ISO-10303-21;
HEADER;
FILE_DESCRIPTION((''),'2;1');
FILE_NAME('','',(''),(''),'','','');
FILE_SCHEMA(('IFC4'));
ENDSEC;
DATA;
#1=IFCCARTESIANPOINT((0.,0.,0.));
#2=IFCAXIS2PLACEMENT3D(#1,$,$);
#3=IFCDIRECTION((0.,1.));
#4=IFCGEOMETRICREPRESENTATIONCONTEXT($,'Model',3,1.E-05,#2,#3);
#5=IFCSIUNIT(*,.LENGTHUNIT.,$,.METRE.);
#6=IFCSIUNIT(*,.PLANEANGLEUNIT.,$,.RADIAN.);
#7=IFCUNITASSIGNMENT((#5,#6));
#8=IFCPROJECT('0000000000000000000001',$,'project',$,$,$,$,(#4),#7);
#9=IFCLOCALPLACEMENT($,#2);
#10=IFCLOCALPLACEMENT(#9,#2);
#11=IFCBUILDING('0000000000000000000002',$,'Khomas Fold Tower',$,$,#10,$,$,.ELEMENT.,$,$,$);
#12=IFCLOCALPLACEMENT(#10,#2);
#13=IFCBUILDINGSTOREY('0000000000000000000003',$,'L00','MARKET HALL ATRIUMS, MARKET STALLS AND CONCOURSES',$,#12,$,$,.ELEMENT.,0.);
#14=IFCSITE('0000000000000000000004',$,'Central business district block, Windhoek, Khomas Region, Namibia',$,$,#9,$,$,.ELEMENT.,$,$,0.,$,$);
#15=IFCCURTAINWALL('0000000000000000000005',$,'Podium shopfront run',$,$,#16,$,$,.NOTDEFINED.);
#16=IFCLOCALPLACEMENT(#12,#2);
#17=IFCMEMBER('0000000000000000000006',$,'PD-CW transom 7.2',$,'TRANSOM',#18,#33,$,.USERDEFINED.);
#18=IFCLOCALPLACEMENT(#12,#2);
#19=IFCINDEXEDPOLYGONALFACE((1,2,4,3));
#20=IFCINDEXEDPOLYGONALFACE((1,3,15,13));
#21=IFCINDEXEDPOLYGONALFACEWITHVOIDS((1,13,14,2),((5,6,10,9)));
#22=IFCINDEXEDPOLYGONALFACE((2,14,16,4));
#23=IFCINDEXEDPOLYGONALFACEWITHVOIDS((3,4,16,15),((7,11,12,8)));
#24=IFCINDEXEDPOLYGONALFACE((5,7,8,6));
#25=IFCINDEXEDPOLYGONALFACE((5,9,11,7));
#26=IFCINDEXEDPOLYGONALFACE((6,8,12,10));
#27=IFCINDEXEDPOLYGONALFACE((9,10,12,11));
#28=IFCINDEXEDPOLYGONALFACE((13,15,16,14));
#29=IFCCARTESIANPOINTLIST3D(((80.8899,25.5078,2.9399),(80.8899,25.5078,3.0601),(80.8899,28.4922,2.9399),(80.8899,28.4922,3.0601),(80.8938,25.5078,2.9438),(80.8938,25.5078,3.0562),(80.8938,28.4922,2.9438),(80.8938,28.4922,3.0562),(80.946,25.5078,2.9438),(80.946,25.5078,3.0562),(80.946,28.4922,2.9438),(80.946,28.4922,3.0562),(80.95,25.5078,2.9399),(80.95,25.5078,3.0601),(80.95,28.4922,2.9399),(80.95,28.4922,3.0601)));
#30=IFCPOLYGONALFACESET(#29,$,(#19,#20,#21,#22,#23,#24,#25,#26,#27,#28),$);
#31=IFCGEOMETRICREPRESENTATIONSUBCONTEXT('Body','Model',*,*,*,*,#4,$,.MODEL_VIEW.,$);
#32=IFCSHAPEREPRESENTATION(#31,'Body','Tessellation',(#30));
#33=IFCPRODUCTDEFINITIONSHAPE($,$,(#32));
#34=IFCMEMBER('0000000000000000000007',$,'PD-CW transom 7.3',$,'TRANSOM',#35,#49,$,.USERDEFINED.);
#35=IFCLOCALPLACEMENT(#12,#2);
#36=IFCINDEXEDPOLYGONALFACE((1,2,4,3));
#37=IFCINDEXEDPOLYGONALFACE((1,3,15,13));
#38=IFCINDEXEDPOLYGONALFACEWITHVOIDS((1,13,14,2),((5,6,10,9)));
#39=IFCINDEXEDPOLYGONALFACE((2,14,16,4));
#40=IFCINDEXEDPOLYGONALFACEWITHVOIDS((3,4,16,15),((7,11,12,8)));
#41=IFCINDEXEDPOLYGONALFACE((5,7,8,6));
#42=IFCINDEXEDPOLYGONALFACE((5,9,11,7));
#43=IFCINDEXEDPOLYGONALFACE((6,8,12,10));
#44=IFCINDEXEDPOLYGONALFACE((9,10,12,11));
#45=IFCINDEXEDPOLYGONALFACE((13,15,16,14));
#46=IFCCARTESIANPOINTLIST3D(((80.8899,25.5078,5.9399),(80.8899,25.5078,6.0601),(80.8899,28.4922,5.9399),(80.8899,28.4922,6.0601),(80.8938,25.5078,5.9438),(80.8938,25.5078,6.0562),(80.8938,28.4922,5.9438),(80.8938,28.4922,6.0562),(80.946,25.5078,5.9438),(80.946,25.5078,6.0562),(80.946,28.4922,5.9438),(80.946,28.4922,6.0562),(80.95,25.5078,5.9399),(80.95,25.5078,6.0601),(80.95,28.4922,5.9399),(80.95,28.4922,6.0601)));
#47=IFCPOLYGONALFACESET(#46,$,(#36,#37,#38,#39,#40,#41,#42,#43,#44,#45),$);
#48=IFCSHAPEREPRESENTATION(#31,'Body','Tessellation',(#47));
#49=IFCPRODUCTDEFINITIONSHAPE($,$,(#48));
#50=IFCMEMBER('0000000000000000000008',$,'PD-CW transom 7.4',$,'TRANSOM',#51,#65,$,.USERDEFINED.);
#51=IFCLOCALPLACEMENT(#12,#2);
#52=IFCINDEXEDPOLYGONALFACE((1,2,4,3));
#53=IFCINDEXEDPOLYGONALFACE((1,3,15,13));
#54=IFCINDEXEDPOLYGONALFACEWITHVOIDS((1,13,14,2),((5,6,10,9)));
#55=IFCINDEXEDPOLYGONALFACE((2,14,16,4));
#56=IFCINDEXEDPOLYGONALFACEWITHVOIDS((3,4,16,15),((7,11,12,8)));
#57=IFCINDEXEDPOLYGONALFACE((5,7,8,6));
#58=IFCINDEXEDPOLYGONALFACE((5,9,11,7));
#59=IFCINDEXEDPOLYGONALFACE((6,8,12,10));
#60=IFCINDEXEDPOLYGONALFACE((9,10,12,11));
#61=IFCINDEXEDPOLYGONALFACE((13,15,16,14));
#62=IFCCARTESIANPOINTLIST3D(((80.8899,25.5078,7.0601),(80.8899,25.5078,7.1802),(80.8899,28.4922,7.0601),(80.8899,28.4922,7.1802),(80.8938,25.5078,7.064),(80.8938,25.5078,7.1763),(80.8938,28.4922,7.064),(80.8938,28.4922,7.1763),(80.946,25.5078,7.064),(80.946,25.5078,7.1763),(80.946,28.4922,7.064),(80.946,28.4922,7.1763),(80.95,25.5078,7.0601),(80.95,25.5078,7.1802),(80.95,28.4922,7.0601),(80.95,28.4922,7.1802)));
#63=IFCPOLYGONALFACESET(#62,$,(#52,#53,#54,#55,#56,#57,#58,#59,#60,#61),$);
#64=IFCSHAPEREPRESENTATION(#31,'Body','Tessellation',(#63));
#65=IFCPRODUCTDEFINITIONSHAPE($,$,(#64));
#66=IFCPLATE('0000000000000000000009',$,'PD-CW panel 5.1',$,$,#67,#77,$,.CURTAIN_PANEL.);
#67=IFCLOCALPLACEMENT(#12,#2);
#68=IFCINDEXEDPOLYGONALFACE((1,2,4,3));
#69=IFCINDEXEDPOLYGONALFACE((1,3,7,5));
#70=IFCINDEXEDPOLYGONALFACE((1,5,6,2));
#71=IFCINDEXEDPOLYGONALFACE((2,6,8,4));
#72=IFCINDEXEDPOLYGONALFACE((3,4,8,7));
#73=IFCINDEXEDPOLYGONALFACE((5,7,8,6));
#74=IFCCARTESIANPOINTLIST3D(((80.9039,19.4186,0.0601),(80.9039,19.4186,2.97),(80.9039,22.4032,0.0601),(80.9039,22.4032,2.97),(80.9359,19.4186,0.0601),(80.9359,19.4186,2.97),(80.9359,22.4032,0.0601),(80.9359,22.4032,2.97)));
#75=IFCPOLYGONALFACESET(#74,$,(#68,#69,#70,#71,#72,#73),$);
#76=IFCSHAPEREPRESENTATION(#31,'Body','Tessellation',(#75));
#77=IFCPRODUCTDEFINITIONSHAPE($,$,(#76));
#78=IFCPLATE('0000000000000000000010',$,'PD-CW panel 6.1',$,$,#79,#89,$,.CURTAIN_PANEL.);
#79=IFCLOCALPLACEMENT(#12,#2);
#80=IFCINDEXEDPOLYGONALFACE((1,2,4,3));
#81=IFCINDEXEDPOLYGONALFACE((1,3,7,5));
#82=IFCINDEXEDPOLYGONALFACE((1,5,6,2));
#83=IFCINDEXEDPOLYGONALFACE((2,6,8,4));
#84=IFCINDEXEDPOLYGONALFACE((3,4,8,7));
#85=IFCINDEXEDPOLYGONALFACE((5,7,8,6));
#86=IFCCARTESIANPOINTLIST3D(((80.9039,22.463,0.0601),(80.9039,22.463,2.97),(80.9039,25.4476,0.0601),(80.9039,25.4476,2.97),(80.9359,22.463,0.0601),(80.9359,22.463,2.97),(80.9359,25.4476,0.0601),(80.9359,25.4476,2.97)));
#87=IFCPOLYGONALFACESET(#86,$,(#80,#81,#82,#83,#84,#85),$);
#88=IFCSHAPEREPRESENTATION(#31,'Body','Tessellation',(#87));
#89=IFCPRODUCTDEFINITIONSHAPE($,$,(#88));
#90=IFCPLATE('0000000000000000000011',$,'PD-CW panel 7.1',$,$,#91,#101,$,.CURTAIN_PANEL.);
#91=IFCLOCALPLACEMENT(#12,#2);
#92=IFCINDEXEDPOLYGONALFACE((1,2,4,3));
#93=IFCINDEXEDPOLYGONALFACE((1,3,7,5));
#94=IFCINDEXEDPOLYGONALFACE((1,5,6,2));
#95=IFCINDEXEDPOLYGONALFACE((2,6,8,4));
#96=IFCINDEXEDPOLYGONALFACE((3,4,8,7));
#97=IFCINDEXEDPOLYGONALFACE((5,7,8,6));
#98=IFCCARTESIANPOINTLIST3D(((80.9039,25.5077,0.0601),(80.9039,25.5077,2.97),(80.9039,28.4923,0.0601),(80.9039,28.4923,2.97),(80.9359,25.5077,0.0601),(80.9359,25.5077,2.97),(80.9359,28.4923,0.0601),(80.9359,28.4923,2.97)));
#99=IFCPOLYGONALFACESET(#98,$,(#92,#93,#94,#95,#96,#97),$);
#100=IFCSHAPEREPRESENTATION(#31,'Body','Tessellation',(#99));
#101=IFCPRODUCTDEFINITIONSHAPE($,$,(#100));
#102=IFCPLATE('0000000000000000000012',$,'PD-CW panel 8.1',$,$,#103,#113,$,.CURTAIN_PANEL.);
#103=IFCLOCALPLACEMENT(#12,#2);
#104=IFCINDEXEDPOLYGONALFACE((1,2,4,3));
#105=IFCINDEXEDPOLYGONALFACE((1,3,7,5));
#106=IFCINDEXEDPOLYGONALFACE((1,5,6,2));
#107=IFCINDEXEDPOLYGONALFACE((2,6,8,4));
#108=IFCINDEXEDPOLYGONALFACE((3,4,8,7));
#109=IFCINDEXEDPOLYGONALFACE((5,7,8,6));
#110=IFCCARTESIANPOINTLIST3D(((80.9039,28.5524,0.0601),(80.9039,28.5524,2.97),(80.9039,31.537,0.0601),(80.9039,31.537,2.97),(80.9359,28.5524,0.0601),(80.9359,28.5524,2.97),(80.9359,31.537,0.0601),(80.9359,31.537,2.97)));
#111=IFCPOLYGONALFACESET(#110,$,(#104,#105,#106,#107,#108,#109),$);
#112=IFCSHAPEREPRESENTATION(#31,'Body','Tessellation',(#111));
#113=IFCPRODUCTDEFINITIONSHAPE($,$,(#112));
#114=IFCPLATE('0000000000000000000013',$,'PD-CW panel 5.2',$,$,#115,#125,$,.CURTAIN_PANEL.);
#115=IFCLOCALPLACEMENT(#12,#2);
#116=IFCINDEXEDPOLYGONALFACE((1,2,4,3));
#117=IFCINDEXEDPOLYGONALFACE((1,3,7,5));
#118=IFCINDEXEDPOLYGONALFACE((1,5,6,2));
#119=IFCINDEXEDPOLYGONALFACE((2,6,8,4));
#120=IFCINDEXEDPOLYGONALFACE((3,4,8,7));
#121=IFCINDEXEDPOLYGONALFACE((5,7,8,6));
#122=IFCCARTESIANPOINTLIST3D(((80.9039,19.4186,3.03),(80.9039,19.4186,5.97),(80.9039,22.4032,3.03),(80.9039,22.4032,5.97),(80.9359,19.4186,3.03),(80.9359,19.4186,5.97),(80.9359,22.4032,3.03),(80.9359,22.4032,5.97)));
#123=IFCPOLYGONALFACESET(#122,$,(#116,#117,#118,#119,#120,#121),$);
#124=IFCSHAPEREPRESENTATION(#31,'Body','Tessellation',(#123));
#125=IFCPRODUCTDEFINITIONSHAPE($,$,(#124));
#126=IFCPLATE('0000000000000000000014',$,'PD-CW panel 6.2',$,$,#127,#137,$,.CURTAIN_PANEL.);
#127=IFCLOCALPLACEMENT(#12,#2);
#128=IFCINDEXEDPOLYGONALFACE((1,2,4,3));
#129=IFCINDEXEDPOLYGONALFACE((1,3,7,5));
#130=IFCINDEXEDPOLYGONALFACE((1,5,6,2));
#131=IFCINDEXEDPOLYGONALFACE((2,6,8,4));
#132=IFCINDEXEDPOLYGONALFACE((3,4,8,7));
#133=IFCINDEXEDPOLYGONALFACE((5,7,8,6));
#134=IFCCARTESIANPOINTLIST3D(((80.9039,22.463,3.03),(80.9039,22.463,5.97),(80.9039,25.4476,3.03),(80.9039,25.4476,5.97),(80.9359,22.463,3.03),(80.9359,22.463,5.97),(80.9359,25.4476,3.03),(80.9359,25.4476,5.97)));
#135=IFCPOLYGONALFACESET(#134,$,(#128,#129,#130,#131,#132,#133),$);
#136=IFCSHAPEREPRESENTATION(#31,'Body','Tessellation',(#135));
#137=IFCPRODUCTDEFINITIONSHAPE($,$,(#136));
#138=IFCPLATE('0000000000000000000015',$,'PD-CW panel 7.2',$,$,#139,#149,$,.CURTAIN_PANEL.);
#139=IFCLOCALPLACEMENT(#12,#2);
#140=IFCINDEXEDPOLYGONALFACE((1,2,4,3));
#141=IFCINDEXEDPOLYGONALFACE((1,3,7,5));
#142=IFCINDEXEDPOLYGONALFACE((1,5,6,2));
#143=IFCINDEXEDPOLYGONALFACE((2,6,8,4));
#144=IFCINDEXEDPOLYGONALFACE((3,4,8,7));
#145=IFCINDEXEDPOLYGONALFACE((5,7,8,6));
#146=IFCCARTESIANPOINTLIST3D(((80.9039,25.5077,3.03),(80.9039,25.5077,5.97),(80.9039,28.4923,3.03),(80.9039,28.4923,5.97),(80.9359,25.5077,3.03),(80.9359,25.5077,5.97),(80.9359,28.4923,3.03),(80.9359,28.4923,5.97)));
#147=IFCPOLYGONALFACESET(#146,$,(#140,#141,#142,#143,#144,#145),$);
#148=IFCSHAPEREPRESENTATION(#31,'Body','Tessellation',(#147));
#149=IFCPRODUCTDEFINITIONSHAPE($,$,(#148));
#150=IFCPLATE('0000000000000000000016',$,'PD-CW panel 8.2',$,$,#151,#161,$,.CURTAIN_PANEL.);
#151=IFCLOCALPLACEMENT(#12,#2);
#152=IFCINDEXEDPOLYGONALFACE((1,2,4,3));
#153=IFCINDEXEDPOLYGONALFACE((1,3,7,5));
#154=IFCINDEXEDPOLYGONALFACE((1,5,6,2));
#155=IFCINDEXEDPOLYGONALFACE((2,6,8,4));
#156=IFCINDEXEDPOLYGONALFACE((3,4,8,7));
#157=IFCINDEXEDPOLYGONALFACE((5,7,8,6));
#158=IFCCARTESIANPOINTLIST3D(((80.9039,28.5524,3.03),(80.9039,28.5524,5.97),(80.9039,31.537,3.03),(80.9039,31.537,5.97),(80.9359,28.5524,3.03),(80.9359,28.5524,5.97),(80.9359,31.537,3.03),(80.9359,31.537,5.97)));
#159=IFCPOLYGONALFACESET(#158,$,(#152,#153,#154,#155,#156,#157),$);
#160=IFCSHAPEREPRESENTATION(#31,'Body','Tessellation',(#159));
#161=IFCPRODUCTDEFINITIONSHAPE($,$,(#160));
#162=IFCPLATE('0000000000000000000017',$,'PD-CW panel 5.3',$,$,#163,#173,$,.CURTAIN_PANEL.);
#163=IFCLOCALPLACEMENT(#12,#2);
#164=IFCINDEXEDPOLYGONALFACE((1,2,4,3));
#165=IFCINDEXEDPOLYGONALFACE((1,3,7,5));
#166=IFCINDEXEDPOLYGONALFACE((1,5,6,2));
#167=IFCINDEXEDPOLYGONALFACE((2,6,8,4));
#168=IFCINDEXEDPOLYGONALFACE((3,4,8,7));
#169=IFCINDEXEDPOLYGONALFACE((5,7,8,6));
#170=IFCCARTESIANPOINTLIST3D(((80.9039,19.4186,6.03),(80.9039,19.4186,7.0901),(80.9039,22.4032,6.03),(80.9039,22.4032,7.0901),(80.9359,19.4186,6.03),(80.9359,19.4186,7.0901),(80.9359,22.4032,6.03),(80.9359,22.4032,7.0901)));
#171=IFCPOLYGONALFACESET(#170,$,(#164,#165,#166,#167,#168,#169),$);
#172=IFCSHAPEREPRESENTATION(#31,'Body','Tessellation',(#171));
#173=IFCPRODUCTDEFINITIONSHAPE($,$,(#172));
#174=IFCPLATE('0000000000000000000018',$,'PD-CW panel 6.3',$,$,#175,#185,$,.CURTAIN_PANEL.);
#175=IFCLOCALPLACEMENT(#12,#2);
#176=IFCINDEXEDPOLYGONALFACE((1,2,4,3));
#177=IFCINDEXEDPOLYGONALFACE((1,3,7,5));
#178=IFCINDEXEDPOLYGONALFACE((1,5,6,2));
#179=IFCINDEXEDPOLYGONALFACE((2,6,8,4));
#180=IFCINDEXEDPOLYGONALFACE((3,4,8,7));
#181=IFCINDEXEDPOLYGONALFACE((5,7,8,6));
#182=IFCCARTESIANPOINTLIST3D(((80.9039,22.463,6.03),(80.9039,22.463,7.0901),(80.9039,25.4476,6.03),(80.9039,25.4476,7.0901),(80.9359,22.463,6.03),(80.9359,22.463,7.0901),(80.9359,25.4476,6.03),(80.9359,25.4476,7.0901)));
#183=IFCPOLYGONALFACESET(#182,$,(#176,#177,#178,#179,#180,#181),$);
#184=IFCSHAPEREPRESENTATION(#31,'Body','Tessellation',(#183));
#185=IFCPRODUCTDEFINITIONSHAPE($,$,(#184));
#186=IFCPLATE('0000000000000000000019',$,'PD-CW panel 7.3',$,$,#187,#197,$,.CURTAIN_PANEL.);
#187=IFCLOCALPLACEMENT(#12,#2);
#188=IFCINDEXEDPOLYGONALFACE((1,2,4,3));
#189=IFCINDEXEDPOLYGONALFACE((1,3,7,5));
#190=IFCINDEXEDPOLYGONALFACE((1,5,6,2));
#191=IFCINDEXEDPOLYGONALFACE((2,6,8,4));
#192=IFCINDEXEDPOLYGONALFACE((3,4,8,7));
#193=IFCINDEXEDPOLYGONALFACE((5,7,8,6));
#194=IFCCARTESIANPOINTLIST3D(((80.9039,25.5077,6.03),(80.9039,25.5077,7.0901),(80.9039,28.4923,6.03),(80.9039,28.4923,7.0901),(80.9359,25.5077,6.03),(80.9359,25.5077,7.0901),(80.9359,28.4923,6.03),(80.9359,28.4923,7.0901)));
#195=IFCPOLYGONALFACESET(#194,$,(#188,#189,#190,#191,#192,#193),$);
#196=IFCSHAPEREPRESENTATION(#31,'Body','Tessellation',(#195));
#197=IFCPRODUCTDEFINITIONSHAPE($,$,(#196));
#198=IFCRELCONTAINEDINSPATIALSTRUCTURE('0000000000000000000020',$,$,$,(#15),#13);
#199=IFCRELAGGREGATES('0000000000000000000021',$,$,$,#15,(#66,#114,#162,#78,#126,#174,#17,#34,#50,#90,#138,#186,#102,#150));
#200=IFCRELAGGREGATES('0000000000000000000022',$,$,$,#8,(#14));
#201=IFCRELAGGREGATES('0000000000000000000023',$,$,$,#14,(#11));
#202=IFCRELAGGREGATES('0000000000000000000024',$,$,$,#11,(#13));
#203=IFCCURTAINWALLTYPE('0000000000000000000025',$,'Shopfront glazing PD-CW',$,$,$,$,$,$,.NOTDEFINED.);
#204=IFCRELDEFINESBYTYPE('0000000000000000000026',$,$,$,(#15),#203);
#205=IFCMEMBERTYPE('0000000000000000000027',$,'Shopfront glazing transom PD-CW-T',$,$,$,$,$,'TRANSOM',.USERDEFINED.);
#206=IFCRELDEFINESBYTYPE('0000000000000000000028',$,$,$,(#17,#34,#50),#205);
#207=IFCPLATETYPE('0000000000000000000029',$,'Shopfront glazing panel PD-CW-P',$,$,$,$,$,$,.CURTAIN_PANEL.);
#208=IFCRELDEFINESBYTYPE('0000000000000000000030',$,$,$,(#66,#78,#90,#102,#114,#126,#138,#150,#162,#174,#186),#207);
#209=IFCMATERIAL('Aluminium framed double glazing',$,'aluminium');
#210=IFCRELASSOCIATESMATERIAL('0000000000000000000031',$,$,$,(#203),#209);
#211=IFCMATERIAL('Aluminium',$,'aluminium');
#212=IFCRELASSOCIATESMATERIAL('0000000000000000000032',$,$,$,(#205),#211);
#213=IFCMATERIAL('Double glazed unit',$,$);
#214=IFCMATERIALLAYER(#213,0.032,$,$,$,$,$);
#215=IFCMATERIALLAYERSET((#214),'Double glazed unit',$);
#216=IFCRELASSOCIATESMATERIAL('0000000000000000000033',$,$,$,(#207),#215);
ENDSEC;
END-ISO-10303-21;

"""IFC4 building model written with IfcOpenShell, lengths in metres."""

from ifc_helpers import new_model, si_unit, direction, frame, origin, origin_2d, place, context, subcontext, project, spatial, rectangle, hollow_rectangle, extrude, source, transform, mapped, material, layer, layer_set, material_profile, profile_set, type_object, element, aggregate, save


model = new_model("IFC4")

# Units and contexts
model_context = context("Model", 3, precision=1e-05, world=origin(), true_north=direction((0.0, 1.0)))
body_context = subcontext(model_context, "Body", "Model", "MODEL_VIEW")
ifc_project = project(units=[si_unit("LENGTHUNIT", "METRE"), si_unit("PLANEANGLEUNIT", "RADIAN")], contexts=[model_context])

# Site, building, storey
site_placement = place(None, origin())
site = spatial("IfcSite", under=ifc_project, at=site_placement, Name="Central business district block, Windhoek, Khomas Region, Namibia", CompositionType="ELEMENT", RefElevation=0.0)
building_placement = place(site_placement, origin())
building = spatial("IfcBuilding", under=site, at=building_placement, Name="Khomas Fold Tower", CompositionType="ELEMENT")
storey_placement = place(building_placement, origin())
storey = spatial("IfcBuildingStorey", under=building, at=storey_placement, Name="L00", Description="MARKET HALL ATRIUMS, MARKET STALLS AND CONCOURSES", CompositionType="ELEMENT", Elevation=0.0)

# Curtain wall, members, plates
ifc_material_1 = material(Name="Aluminium framed double glazing", Category="aluminium")
curtain_wall_type = type_object("IfcCurtainWallType", Name="Shopfront glazing PD-CW", PredefinedType="NOTDEFINED", material=ifc_material_1)
curtain_wall_placement = place(storey_placement, origin())
curtain_wall = element("IfcCurtainWall", 1, at=curtain_wall_placement, inside=storey, type_object=curtain_wall_type, Name="Podium shopfront run", PredefinedType="NOTDEFINED")
ifc_material_2 = material(Name="Aluminium", Category="aluminium")
ifc_material_profile_1 = material_profile(ifc_material_2, hollow_rectangle(XDim=0.0601, YDim=0.1201, WallThickness=0.0039, at=origin_2d()), Name="Shopfront glazing transom PD-CW-T")
ifc_profile_set_1 = profile_set([ifc_material_profile_1], Name="Aluminium")
member_type_1 = type_object("IfcMemberType", Name="Shopfront glazing transom PD-CW-T", ElementType="TRANSOM", PredefinedType="USERDEFINED", material=ifc_profile_set_1)
shared_shape_1 = source(origin(), body_context, "Body", "SweptSolid", [
    extrude(hollow_rectangle(XDim=0.0601, YDim=0.1201, WallThickness=0.0039, at=origin_2d()), origin(), (0.0, 0.0, 1.0), 2.9844),
])
member_1_placement = place(storey_placement, frame((80.9199, 25.5078, 3.0), z_axis=(0.0, 1.0, 0.0), x_axis=(-1.0, 0.0, 0.0)))
member_1 = element("IfcMember", 2, at=member_1_placement, type_object=member_type_1, Name="PD-CW transom 7.2", ObjectType="TRANSOM", PredefinedType="USERDEFINED", context=body_context, shape_type="MappedRepresentation", body=[
    mapped(shared_shape_1, transform((0.0, 0.0, 0.0))),
])
member_2_placement = place(storey_placement, frame((80.9199, 25.5078, 6.0), z_axis=(0.0, 1.0, 0.0), x_axis=(-1.0, 0.0, 0.0)))
member_2 = element("IfcMember", 3, at=member_2_placement, type_object=member_type_1, Name="PD-CW transom 7.3", ObjectType="TRANSOM", PredefinedType="USERDEFINED", context=body_context, shape_type="MappedRepresentation", body=[
    mapped(shared_shape_1, transform((0.0, 0.0, 0.0))),
])
member_3_placement = place(storey_placement, frame((80.9199, 25.5078, 7.1201), z_axis=(0.0, 1.0, 0.0), x_axis=(-1.0, 0.0, 0.0)))
member_3 = element("IfcMember", 4, at=member_3_placement, type_object=member_type_1, Name="PD-CW transom 7.4", ObjectType="TRANSOM", PredefinedType="USERDEFINED", context=body_context, shape_type="MappedRepresentation", body=[
    mapped(shared_shape_1, transform((0.0, 0.0, 0.0))),
])
ifc_material_3 = material(Name="Double glazed unit")
ifc_layer = layer(ifc_material_3, 0.032)
ifc_layer_set = layer_set([ifc_layer], Name="Double glazed unit")
plate_type = type_object("IfcPlateType", Name="Shopfront glazing panel PD-CW-P", PredefinedType="CURTAIN_PANEL", material=ifc_layer_set)
shared_shape_2 = source(origin(), body_context, "Body", "SweptSolid", [
    extrude(rectangle(XDim=2.9846, YDim=0.032, at=origin_2d()), origin(), (0.0, 0.0, 1.0), 2.9099),
])
plate_1_placement = place(storey_placement, frame((80.9199, 20.9109, 0.0601), z_axis=(0.0, 0.0, 1.0), x_axis=(0.0, 1.0, 0.0)))
plate_1 = element("IfcPlate", 5, at=plate_1_placement, type_object=plate_type, Name="PD-CW panel 5.1", PredefinedType="CURTAIN_PANEL", context=body_context, shape_type="MappedRepresentation", body=[
    mapped(shared_shape_2, transform((0.0, 0.0, 0.0))),
])
plate_2_placement = place(storey_placement, frame((80.9199, 23.9553, 0.0601), z_axis=(0.0, 0.0, 1.0), x_axis=(0.0, 1.0, 0.0)))
plate_2 = element("IfcPlate", 6, at=plate_2_placement, type_object=plate_type, Name="PD-CW panel 6.1", PredefinedType="CURTAIN_PANEL", context=body_context, shape_type="MappedRepresentation", body=[
    mapped(shared_shape_2, transform((0.0, 0.0, 0.0))),
])
plate_3_placement = place(storey_placement, frame((80.9199, 27.0, 0.0601), z_axis=(0.0, 0.0, 1.0), x_axis=(0.0, 1.0, 0.0)))
plate_3 = element("IfcPlate", 7, at=plate_3_placement, type_object=plate_type, Name="PD-CW panel 7.1", PredefinedType="CURTAIN_PANEL", context=body_context, shape_type="MappedRepresentation", body=[
    mapped(shared_shape_2, transform((0.0, 0.0, 0.0))),
])
plate_4_placement = place(storey_placement, frame((80.9199, 30.0447, 0.0601), z_axis=(0.0, 0.0, 1.0), x_axis=(0.0, 1.0, 0.0)))
plate_4 = element("IfcPlate", 8, at=plate_4_placement, type_object=plate_type, Name="PD-CW panel 8.1", PredefinedType="CURTAIN_PANEL", context=body_context, shape_type="MappedRepresentation", body=[
    mapped(shared_shape_2, transform((0.0, 0.0, 0.0))),
])
shared_shape_3 = source(origin(), body_context, "Body", "SweptSolid", [
    extrude(rectangle(XDim=2.9846, YDim=0.032, at=origin_2d()), origin(), (0.0, 0.0, 1.0), 2.9399),
])
plate_5_placement = place(storey_placement, frame((80.9199, 20.9109, 3.03), z_axis=(0.0, 0.0, 1.0), x_axis=(0.0, 1.0, 0.0)))
plate_5 = element("IfcPlate", 9, at=plate_5_placement, type_object=plate_type, Name="PD-CW panel 5.2", PredefinedType="CURTAIN_PANEL", context=body_context, shape_type="MappedRepresentation", body=[
    mapped(shared_shape_3, transform((0.0, 0.0, 0.0))),
])
plate_6_placement = place(storey_placement, frame((80.9199, 23.9553, 3.03), z_axis=(0.0, 0.0, 1.0), x_axis=(0.0, 1.0, 0.0)))
plate_6 = element("IfcPlate", 10, at=plate_6_placement, type_object=plate_type, Name="PD-CW panel 6.2", PredefinedType="CURTAIN_PANEL", context=body_context, shape_type="MappedRepresentation", body=[
    mapped(shared_shape_3, transform((0.0, 0.0, 0.0))),
])
plate_7_placement = place(storey_placement, frame((80.9199, 27.0, 3.03), z_axis=(0.0, 0.0, 1.0), x_axis=(0.0, 1.0, 0.0)))
plate_7 = element("IfcPlate", 11, at=plate_7_placement, type_object=plate_type, Name="PD-CW panel 7.2", PredefinedType="CURTAIN_PANEL", context=body_context, shape_type="MappedRepresentation", body=[
    mapped(shared_shape_3, transform((0.0, 0.0, 0.0))),
])
plate_8_placement = place(storey_placement, frame((80.9199, 30.0447, 3.03), z_axis=(0.0, 0.0, 1.0), x_axis=(0.0, 1.0, 0.0)))
plate_8 = element("IfcPlate", 12, at=plate_8_placement, type_object=plate_type, Name="PD-CW panel 8.2", PredefinedType="CURTAIN_PANEL", context=body_context, shape_type="MappedRepresentation", body=[
    mapped(shared_shape_3, transform((0.0, 0.0, 0.0))),
])
shared_shape_4 = source(origin(), body_context, "Body", "SweptSolid", [
    extrude(rectangle(XDim=2.9846, YDim=0.032, at=origin_2d()), origin(), (0.0, 0.0, 1.0), 1.0601),
])
plate_9_placement = place(storey_placement, frame((80.9199, 20.9109, 6.03), z_axis=(0.0, 0.0, 1.0), x_axis=(0.0, 1.0, 0.0)))
plate_9 = element("IfcPlate", 13, at=plate_9_placement, type_object=plate_type, Name="PD-CW panel 5.3", PredefinedType="CURTAIN_PANEL", context=body_context, shape_type="MappedRepresentation", body=[
    mapped(shared_shape_4, transform((0.0, 0.0, 0.0))),
])
plate_10_placement = place(storey_placement, frame((80.9199, 23.9553, 6.03), z_axis=(0.0, 0.0, 1.0), x_axis=(0.0, 1.0, 0.0)))
plate_10 = element("IfcPlate", 14, at=plate_10_placement, type_object=plate_type, Name="PD-CW panel 6.3", PredefinedType="CURTAIN_PANEL", context=body_context, shape_type="MappedRepresentation", body=[
    mapped(shared_shape_4, transform((0.0, 0.0, 0.0))),
])
plate_11_placement = place(storey_placement, frame((80.9199, 27.0, 6.03), z_axis=(0.0, 0.0, 1.0), x_axis=(0.0, 1.0, 0.0)))
plate_11 = element("IfcPlate", 15, at=plate_11_placement, type_object=plate_type, Name="PD-CW panel 7.3", PredefinedType="CURTAIN_PANEL", context=body_context, shape_type="MappedRepresentation", body=[
    mapped(shared_shape_4, transform((0.0, 0.0, 0.0))),
])
aggregate(curtain_wall, [plate_1, plate_5, plate_9, plate_2, plate_6, plate_10, member_1, member_2, member_3, plate_3, plate_7, plate_11, plate_4, plate_8])

save(model, "model.ifc")
